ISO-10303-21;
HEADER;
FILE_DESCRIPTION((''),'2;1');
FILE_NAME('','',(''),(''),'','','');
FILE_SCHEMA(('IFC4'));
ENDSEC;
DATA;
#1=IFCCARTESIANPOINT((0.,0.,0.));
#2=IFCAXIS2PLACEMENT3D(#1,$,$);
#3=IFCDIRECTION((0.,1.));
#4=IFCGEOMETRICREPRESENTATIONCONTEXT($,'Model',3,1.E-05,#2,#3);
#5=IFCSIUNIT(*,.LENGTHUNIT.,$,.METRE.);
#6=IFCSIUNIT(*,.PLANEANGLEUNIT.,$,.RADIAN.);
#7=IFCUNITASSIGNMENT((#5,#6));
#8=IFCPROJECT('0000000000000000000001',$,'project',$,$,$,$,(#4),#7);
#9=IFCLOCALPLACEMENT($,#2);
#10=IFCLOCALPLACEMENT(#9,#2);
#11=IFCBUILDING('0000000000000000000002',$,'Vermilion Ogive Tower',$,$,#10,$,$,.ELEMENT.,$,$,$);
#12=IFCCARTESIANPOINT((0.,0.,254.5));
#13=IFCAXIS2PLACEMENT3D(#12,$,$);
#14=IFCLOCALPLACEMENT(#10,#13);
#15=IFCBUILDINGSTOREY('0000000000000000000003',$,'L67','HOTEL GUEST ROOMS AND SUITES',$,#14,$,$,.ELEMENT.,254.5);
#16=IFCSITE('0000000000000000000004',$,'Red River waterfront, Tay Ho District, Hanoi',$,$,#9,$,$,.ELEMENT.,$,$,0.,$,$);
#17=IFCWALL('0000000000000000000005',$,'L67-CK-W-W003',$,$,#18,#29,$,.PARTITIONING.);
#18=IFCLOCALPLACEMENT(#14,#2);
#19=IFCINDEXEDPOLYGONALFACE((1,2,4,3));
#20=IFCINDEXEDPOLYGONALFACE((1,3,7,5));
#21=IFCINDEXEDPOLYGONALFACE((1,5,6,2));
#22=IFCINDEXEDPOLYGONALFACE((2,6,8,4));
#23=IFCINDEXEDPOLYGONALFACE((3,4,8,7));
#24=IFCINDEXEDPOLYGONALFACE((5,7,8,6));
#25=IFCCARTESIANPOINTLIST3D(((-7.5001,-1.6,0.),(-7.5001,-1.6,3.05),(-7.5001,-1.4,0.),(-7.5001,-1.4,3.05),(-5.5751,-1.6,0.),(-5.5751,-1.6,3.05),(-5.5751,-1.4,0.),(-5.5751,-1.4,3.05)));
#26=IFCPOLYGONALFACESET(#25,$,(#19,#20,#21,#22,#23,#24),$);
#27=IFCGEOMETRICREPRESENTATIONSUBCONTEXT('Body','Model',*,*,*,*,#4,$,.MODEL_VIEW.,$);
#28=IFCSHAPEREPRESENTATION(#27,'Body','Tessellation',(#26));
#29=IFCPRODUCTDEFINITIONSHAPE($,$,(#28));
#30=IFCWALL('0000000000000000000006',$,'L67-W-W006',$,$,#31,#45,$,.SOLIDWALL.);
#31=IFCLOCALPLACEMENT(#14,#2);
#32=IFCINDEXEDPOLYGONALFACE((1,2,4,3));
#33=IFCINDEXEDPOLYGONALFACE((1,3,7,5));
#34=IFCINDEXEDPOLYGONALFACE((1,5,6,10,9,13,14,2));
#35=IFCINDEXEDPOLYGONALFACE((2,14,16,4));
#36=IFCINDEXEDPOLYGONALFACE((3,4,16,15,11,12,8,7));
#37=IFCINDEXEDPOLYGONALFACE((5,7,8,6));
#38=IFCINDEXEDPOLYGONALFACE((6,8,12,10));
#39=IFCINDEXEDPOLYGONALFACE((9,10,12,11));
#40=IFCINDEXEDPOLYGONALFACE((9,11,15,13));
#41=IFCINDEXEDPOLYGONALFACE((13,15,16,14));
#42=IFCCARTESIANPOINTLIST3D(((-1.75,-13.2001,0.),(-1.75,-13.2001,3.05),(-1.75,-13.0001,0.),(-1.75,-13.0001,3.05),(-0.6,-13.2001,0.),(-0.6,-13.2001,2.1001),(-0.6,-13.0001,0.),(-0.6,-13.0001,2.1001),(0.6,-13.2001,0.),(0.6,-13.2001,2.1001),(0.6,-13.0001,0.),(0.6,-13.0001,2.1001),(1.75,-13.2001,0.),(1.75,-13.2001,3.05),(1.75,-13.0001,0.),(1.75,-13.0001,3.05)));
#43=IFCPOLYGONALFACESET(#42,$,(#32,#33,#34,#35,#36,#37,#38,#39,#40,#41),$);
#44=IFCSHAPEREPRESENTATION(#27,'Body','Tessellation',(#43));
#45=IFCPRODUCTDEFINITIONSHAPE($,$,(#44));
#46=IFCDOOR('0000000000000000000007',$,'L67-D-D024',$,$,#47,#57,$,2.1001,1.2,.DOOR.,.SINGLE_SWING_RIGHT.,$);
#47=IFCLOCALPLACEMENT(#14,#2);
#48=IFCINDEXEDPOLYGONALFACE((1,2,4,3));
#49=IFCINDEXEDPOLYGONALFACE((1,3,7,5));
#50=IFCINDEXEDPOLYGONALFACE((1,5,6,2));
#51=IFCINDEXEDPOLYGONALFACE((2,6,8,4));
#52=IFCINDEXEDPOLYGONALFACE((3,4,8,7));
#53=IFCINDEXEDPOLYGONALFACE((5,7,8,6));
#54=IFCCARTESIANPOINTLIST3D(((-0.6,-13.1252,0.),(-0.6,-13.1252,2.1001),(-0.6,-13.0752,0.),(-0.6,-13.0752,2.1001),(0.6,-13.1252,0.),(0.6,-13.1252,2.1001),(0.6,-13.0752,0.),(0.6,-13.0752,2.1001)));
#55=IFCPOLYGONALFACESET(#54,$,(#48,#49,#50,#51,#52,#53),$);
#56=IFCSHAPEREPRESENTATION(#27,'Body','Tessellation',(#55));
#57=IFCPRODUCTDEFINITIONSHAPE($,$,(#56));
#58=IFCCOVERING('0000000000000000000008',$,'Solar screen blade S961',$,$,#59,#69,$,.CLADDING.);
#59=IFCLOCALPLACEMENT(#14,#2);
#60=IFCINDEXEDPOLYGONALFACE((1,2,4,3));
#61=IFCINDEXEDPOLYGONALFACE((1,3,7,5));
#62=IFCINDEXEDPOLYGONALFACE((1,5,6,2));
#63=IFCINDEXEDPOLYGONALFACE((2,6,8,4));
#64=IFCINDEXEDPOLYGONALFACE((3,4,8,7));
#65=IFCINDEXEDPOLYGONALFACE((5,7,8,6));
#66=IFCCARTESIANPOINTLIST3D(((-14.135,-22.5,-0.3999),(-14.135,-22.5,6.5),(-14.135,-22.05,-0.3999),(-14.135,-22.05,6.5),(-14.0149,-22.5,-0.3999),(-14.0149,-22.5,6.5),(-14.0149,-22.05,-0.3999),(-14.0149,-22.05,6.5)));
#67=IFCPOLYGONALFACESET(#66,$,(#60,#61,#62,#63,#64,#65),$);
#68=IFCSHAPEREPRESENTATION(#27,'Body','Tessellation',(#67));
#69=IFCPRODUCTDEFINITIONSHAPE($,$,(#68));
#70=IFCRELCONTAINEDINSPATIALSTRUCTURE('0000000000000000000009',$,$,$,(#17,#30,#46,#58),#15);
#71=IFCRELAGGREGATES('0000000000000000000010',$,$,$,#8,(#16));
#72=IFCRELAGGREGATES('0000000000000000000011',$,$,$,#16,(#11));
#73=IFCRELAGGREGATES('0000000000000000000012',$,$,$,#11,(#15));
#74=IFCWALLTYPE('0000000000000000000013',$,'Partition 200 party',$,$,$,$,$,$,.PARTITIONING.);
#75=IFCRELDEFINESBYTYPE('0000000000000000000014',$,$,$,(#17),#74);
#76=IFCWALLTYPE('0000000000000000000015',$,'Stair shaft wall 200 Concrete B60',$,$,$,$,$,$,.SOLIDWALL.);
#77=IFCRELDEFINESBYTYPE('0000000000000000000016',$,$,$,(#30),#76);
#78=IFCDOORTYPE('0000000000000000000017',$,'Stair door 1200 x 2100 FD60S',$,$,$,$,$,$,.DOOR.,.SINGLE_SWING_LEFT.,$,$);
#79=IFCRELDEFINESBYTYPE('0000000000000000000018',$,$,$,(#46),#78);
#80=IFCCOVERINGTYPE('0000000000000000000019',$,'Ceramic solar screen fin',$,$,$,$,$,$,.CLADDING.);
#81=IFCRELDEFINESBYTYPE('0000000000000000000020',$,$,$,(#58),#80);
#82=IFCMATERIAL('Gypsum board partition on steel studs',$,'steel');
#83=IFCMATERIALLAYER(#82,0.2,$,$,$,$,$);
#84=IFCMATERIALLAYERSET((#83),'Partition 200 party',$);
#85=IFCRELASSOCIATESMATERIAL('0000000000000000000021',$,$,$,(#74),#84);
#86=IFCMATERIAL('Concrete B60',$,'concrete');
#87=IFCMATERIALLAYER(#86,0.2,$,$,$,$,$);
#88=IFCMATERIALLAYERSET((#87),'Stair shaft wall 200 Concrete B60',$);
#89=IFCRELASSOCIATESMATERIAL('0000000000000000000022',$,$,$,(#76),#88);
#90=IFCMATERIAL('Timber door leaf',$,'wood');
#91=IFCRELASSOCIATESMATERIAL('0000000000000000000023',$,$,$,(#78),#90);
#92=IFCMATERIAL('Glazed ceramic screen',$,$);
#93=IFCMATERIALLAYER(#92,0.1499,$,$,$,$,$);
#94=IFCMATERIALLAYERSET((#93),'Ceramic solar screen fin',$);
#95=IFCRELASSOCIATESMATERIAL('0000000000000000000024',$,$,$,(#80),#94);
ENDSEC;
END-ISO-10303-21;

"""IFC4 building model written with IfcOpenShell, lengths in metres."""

from ifc_helpers import new_model, si_unit, direction, frame, frame_2d, origin, place, context, subcontext, project, spatial, polyline, rectangle, outline, extrude, material, layer, layer_set, type_object, element, fill, save


model = new_model("IFC4")

# Units and contexts
model_context = context("Model", 3, precision=1e-05, world=origin(), true_north=direction((0.0, 1.0)))
body_context = subcontext(model_context, "Body", "Model", "MODEL_VIEW")
ifc_project = project(units=[si_unit("LENGTHUNIT", "METRE"), si_unit("PLANEANGLEUNIT", "RADIAN")], contexts=[model_context])

# Site, building, storey
site_placement = place(None, origin())
site = spatial("IfcSite", under=ifc_project, at=site_placement, Name="Red River waterfront, Tay Ho District, Hanoi", CompositionType="ELEMENT", RefElevation=0.0)
building_placement = place(site_placement, origin())
building = spatial("IfcBuilding", under=site, at=building_placement, Name="Vermilion Ogive Tower", CompositionType="ELEMENT")
storey_placement = place(building_placement, frame((0.0, 0.0, 254.5)))
storey = spatial("IfcBuildingStorey", under=building, at=storey_placement, Name="L67", Description="HOTEL GUEST ROOMS AND SUITES", CompositionType="ELEMENT", Elevation=254.5)

# Wall
ifc_material_1 = material(Name="Gypsum board partition on steel studs", Category="steel")
ifc_layer_1 = layer(ifc_material_1, 0.2)
ifc_layer_set_1 = layer_set([ifc_layer_1], Name="Partition 200 party")
wall_type_1 = type_object("IfcWallType", Name="Partition 200 party", PredefinedType="PARTITIONING", material=ifc_layer_set_1)
wall_1_placement = place(storey_placement, frame((-7.5, -1.5, 0.0), z_axis=(0.0, 0.0, 1.0), x_axis=(1.0, 0.0, 0.0)))
element("IfcWall", 1, at=wall_1_placement, inside=storey, type_object=wall_type_1, Name="L67-CK-W-W003", PredefinedType="PARTITIONING", context=body_context, shape_type="SweptSolid", body=[
    extrude(rectangle(XDim=1.925, YDim=0.2, at=frame_2d((0.9624, 0.0))), origin(), (0.0, 0.0, 1.0), 3.05),
])

# Wall, opening, door
ifc_material_2 = material(Name="Concrete B60", Category="concrete")
ifc_layer_2 = layer(ifc_material_2, 0.2)
ifc_layer_set_2 = layer_set([ifc_layer_2], Name="Stair shaft wall 200 Concrete B60")
wall_type_2 = type_object("IfcWallType", Name="Stair shaft wall 200 Concrete B60", PredefinedType="SOLIDWALL", material=ifc_layer_set_2)
wall_2_placement = place(storey_placement, frame((-1.75, -13.1001, 0.0), z_axis=(0.0, 0.0, 1.0), x_axis=(1.0, 0.0, 0.0)))
wall_2 = element("IfcWall", 2, at=wall_2_placement, inside=storey, type_object=wall_type_2, Name="L67-W-W006", PredefinedType="SOLIDWALL", context=body_context, shape_type="SweptSolid", body=[
    extrude(rectangle(XDim=3.5, YDim=0.2, at=frame_2d((1.75, 0.0))), origin(), (0.0, 0.0, 1.0), 3.05),
])
opening_1_placement = place(wall_2_placement, frame((1.1499, 0.0, 0.0)))
opening_1 = element("IfcOpeningElement", 3, at=opening_1_placement, cuts=wall_2, PredefinedType="OPENING", context=body_context, shape_type="SweptSolid", body=[
    extrude(rectangle(XDim=1.2, YDim=2.1001, at=frame_2d((0.6001, 1.05))), frame((0.0, 0.1099, 0.0), z_axis=(0.0, -1.0, 0.0), x_axis=(1.0, 0.0, 0.0)), (0.0, 0.0, 1.0), 0.22),
])
ifc_material_3 = material(Name="Timber door leaf", Category="wood")
door_type_1 = type_object("IfcDoorType", Name="Stair door 1200 x 2100 FD60S", OperationType="SINGLE_SWING_LEFT", PredefinedType="DOOR", material=ifc_material_3)
door_1_placement = place(opening_1_placement, origin())
door_1 = element("IfcDoor", 4, at=door_1_placement, inside=storey, type_object=door_type_1, Name="L67-D-D024", OperationType="SINGLE_SWING_RIGHT", OverallHeight=2.1001, OverallWidth=1.2, PredefinedType="DOOR", context=body_context, shape_type="SweptSolid", body=[
    extrude(rectangle(XDim=1.2, YDim=2.1001, at=frame_2d((0.6001, 1.05))), frame((0.0, 0.0249, 0.0), z_axis=(0.0, -1.0, 0.0), x_axis=(1.0, 0.0, 0.0)), (0.0, 0.0, 1.0), 0.05),
])
fill(opening_1, door_1)

# Covering
ifc_material_4 = material(Name="Glazed ceramic screen")
ifc_layer_3 = layer(ifc_material_4, 0.1499)
ifc_layer_set_3 = layer_set([ifc_layer_3], Name="Ceramic solar screen fin")
covering_type = type_object("IfcCoveringType", Name="Ceramic solar screen fin", PredefinedType="CLADDING", material=ifc_layer_set_3)
covering_placement = place(storey_placement, frame((0.0, 0.0, -0.3999)))
element("IfcCovering", 5, at=covering_placement, inside=storey, type_object=covering_type, Name="Solar screen blade S961", PredefinedType="CLADDING", context=body_context, shape_type="SweptSolid", body=[
    extrude(outline(polyline([(-14.135, -22.5), (-14.0149, -22.5), (-14.0149, -22.05), (-14.135, -22.05), (-14.135, -22.5)])), origin(), (0.0, 0.0, 1.0), 6.8999),
])

save(model, "model.ifc")
